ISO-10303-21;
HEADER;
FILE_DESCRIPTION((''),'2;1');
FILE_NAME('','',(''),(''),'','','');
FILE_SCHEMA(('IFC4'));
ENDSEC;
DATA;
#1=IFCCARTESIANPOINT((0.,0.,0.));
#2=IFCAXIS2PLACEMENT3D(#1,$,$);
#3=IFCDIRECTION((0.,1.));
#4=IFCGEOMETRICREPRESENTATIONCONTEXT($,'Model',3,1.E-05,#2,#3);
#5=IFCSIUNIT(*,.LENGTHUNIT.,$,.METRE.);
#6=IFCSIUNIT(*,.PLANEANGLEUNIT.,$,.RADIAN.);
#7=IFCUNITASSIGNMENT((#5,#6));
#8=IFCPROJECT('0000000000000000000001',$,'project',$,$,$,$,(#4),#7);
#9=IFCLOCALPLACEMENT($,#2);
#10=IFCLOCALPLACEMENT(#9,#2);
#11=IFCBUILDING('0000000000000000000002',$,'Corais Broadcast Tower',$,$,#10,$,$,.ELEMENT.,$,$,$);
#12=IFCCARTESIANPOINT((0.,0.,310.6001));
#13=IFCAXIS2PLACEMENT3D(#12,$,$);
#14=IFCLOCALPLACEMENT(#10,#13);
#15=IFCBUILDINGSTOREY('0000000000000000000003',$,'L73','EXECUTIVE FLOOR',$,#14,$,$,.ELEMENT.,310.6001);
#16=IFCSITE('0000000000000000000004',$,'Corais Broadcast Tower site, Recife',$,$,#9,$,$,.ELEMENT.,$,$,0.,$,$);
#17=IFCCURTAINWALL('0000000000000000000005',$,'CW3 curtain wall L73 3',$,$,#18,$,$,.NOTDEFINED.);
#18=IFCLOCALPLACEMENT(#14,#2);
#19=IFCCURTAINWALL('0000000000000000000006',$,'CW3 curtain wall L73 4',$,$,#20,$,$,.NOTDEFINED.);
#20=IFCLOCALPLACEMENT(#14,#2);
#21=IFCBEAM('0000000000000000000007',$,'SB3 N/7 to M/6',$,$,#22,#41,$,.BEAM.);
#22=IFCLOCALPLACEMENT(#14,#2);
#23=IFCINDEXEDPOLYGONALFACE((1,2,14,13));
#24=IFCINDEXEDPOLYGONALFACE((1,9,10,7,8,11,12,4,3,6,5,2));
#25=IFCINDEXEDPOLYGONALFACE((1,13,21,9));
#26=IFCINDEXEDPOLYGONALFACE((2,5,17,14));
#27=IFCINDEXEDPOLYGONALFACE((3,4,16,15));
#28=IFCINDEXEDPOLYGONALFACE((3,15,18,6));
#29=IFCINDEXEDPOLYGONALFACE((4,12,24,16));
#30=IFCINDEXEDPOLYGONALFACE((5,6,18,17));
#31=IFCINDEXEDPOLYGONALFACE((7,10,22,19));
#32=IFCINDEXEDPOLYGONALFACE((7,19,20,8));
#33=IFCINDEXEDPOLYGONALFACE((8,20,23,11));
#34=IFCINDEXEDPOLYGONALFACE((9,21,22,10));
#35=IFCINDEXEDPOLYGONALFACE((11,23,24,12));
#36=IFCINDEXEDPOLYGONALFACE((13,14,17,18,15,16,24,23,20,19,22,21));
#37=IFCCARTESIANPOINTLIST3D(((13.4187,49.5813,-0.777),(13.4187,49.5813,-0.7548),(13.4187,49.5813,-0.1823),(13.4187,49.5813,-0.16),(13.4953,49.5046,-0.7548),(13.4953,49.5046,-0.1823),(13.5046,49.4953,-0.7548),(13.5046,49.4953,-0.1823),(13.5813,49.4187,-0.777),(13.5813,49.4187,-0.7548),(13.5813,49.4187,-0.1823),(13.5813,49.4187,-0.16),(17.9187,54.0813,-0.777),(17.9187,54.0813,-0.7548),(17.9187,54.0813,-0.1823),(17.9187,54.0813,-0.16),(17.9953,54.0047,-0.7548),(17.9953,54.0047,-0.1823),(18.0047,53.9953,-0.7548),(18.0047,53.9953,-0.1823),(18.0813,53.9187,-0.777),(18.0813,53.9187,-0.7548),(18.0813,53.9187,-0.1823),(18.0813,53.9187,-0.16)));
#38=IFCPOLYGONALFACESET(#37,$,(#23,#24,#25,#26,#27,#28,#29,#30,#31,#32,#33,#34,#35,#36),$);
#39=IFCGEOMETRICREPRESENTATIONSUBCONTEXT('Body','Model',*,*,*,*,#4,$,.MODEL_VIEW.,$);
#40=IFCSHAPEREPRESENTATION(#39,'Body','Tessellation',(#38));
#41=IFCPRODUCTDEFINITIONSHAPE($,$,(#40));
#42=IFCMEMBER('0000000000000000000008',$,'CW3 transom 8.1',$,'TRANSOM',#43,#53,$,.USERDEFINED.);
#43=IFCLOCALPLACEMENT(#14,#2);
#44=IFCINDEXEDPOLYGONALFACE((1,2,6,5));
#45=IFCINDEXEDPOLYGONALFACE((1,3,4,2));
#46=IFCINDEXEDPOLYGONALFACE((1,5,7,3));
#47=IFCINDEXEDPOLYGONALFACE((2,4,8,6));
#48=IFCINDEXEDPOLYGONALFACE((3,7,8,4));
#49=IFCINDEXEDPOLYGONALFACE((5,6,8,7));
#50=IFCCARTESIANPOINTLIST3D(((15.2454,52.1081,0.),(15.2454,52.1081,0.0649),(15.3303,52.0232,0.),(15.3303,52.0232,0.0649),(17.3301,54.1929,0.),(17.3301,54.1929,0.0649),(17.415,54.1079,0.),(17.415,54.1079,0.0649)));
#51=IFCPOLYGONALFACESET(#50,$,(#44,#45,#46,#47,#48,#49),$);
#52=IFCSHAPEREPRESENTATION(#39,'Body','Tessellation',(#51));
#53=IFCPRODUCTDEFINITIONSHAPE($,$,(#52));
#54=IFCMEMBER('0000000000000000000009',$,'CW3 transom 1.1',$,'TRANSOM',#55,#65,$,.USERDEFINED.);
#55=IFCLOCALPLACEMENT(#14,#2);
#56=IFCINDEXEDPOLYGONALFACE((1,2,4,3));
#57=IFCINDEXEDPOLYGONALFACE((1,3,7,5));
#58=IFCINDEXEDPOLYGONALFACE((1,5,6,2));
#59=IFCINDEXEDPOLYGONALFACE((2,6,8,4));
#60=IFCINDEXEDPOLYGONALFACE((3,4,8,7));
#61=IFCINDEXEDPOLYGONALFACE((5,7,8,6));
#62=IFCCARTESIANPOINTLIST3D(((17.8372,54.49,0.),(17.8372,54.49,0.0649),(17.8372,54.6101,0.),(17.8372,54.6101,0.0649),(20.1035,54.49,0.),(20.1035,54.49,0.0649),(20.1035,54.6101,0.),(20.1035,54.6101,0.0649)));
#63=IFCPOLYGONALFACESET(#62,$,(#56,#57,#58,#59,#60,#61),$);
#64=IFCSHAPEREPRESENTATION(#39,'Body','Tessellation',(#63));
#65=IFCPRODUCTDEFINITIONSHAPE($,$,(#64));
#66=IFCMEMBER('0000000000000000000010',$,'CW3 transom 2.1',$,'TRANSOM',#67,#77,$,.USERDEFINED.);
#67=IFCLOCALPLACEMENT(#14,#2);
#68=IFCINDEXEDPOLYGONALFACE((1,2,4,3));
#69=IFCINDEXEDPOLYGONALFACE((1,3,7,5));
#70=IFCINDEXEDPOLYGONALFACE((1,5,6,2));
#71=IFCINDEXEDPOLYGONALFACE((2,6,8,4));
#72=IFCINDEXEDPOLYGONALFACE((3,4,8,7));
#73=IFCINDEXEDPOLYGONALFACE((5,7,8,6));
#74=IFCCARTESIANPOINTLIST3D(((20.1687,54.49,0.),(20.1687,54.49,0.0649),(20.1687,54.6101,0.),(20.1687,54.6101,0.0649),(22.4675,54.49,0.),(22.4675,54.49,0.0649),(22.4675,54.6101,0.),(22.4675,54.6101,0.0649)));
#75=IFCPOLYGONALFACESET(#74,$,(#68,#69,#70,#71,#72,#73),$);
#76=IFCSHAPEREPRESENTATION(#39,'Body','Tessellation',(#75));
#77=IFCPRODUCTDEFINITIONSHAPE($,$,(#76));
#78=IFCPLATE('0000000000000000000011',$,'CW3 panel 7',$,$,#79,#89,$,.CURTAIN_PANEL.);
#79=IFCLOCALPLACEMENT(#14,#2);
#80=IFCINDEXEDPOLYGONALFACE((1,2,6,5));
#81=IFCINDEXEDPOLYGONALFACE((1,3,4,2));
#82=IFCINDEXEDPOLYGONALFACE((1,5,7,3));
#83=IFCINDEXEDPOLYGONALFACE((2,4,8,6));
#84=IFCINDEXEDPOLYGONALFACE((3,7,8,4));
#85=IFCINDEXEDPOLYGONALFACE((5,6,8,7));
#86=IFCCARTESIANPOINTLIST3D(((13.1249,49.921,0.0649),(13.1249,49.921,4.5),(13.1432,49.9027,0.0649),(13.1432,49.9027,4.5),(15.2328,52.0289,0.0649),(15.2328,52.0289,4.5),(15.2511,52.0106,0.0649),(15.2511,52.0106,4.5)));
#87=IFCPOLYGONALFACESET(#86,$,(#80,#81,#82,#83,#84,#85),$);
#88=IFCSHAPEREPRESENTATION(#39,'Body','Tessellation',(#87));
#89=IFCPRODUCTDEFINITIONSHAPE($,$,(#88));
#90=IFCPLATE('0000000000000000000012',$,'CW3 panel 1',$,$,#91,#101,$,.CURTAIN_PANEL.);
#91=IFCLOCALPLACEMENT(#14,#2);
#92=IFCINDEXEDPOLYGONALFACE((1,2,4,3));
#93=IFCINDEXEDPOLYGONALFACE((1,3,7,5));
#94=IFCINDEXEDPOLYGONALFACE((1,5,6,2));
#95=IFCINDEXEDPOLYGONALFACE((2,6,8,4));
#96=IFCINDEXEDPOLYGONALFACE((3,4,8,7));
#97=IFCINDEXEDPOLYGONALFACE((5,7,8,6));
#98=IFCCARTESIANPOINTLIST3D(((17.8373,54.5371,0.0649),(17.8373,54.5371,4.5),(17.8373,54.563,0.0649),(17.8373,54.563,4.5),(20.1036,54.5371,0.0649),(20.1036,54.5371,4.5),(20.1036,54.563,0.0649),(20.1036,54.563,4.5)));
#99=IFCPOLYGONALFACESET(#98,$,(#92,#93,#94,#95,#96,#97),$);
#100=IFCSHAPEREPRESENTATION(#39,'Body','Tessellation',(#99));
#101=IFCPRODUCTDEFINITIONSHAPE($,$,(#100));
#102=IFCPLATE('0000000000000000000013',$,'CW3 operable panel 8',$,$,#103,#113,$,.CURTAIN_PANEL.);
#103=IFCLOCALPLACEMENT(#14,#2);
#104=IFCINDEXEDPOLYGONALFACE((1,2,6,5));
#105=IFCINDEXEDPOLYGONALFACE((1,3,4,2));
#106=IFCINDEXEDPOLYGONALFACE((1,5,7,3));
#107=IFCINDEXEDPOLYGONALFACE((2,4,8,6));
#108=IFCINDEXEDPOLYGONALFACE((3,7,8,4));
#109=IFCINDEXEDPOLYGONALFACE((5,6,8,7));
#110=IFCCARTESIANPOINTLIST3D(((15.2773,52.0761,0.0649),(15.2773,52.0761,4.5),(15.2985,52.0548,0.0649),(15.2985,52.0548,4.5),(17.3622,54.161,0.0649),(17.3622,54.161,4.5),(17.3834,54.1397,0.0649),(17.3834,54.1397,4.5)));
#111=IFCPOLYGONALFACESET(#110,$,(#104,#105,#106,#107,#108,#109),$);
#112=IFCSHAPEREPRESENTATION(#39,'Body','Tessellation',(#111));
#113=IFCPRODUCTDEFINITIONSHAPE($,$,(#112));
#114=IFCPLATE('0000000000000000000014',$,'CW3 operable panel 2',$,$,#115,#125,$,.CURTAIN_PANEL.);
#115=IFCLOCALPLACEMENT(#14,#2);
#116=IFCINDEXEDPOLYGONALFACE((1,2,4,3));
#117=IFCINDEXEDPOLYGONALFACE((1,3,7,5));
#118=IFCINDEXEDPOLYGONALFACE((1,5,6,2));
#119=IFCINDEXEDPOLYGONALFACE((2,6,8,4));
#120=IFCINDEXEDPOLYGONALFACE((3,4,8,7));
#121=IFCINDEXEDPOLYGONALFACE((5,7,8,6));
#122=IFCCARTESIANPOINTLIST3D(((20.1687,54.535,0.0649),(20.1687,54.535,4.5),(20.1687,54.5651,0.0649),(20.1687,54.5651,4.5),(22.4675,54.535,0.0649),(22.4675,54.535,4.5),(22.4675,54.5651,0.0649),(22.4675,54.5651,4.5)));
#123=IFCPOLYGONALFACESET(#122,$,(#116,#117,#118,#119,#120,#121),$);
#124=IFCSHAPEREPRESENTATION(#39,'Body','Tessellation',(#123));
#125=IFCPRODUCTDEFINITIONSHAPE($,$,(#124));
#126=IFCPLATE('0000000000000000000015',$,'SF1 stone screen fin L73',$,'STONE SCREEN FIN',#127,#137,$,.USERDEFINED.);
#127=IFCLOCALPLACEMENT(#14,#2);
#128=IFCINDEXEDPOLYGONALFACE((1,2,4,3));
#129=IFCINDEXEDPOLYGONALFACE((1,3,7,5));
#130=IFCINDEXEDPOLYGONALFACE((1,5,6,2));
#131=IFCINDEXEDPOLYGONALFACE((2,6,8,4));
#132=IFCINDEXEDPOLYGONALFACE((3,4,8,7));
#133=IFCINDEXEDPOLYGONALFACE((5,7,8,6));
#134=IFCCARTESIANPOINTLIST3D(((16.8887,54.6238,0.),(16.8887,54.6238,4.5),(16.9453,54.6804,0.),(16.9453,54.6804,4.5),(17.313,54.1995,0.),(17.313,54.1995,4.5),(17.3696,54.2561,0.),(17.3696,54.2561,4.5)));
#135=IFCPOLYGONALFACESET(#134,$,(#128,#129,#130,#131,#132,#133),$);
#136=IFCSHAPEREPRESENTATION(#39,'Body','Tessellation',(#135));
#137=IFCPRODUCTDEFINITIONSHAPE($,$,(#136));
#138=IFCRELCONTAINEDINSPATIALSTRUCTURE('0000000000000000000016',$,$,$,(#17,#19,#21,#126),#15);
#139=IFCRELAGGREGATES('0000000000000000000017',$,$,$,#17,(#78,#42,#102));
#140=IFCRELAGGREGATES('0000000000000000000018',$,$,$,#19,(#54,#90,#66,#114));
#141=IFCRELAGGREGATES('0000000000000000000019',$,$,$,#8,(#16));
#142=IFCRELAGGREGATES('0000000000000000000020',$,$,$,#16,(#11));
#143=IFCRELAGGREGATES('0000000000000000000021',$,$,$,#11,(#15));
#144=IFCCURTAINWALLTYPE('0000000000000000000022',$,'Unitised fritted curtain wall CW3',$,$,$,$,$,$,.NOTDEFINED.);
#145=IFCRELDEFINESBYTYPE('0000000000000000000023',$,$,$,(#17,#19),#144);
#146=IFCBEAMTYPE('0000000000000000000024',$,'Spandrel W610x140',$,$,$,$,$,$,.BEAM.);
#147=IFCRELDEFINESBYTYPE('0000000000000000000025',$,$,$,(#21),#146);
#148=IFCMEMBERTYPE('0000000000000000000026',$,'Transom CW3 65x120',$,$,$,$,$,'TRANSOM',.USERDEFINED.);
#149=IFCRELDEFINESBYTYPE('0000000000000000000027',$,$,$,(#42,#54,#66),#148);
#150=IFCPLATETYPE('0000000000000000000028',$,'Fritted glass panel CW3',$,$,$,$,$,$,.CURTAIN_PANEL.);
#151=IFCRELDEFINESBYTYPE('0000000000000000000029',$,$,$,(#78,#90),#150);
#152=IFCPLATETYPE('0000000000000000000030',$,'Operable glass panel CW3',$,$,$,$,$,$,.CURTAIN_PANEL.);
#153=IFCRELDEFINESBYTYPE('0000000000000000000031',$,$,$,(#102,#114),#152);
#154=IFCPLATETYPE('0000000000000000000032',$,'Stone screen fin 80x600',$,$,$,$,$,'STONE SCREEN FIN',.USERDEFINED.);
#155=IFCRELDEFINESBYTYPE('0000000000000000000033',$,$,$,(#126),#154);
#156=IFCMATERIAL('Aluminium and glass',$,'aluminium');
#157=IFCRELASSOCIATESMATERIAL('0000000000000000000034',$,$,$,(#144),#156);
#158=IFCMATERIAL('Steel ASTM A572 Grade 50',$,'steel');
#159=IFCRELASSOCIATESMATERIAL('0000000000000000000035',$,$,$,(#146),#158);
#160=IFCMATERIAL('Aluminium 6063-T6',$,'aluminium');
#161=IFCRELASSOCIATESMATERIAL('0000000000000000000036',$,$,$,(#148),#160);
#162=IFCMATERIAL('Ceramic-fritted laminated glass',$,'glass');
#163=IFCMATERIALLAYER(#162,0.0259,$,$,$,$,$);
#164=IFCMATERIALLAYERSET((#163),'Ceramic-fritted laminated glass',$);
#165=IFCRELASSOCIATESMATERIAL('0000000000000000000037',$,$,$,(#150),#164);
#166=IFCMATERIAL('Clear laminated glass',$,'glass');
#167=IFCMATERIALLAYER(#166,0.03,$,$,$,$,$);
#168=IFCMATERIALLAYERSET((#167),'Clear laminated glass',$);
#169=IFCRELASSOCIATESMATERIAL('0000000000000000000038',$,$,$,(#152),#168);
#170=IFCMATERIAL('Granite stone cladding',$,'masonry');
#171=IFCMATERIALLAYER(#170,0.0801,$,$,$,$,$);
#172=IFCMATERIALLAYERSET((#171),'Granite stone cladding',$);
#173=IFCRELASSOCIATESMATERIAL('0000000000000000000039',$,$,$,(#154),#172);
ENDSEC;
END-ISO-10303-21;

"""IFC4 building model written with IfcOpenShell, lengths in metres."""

from ifc_helpers import new_model, si_unit, direction, frame, origin, origin_2d, place, context, subcontext, project, spatial, rectangle, i_section, extrude, material, layer, layer_set, material_profile, profile_set, type_object, element, aggregate, save


model = new_model("IFC4")

# Units and contexts
model_context = context("Model", 3, precision=1e-05, world=origin(), true_north=direction((0.0, 1.0)))
body_context = subcontext(model_context, "Body", "Model", "MODEL_VIEW")
ifc_project = project(units=[si_unit("LENGTHUNIT", "METRE"), si_unit("PLANEANGLEUNIT", "RADIAN")], contexts=[model_context])

# Site, building, storey
site_placement = place(None, origin())
site = spatial("IfcSite", under=ifc_project, at=site_placement, Name="Corais Broadcast Tower site, Recife", CompositionType="ELEMENT", RefElevation=0.0)
building_placement = place(site_placement, origin())
building = spatial("IfcBuilding", under=site, at=building_placement, Name="Corais Broadcast Tower", CompositionType="ELEMENT")
storey_placement = place(building_placement, frame((0.0, 0.0, 310.6001)))
storey = spatial("IfcBuildingStorey", under=building, at=storey_placement, Name="L73", Description="EXECUTIVE FLOOR", CompositionType="ELEMENT", Elevation=310.6001)

# Curtain walls
ifc_material_1 = material(Name="Aluminium and glass", Category="aluminium")
curtain_wall_type = type_object("IfcCurtainWallType", Name="Unitised fritted curtain wall CW3", PredefinedType="NOTDEFINED", material=ifc_material_1)
curtain_wall_1_placement = place(storey_placement, origin())
curtain_wall_1 = element("IfcCurtainWall", 1, at=curtain_wall_1_placement, inside=storey, type_object=curtain_wall_type, Name="CW3 curtain wall L73 3", PredefinedType="NOTDEFINED")
curtain_wall_2_placement = place(storey_placement, origin())
curtain_wall_2 = element("IfcCurtainWall", 2, at=curtain_wall_2_placement, inside=storey, type_object=curtain_wall_type, Name="CW3 curtain wall L73 4", PredefinedType="NOTDEFINED")

# Beam
ifc_material_2 = material(Name="Steel ASTM A572 Grade 50", Category="steel")
ifc_material_profile_1 = material_profile(ifc_material_2, i_section(OverallWidth=0.23, OverallDepth=0.6169, WebThickness=0.0132, FlangeThickness=0.0222, at=origin_2d()), Name="W610x140")
ifc_profile_set_1 = profile_set([ifc_material_profile_1], Name="Steel ASTM A572 Grade 50")
beam_type_1 = type_object("IfcBeamType", Name="Spandrel W610x140", PredefinedType="BEAM", material=ifc_profile_set_1)
for number, where, z_axis, x_axis, name in (
    (3, (18.0, 54.0, -0.4685), (-0.707107, -0.707107, 0.0), (0.707107, -0.707107, 0.0), "SB3 N/7 to M/6"),
):
    element("IfcBeam", number, at=place(storey_placement, frame(where, z_axis=z_axis, x_axis=x_axis)), inside=storey, type_object=beam_type_1, Name=name, PredefinedType="BEAM", context=body_context, shape_type="SweptSolid", body=[
        extrude(i_section(OverallWidth=0.23, OverallDepth=0.6169, WebThickness=0.0132, FlangeThickness=0.0222, at=origin_2d()), origin(), (0.0, 0.0, 1.0), 6.364),
    ])

# Members
ifc_material_3 = material(Name="Aluminium 6063-T6", Category="aluminium")
ifc_material_profile_2 = material_profile(ifc_material_3, rectangle(XDim=0.1201, YDim=0.0649, at=origin_2d()), Name="Transom CW3 65x120")
ifc_profile_set_2 = profile_set([ifc_material_profile_2], Name="Aluminium 6063-T6")
member_type_1 = type_object("IfcMemberType", Name="Transom CW3 65x120", ElementType="TRANSOM", PredefinedType="USERDEFINED", material=ifc_profile_set_2)
member_1_placement = place(storey_placement, frame((15.2878, 52.0657, 0.0325), z_axis=(0.707107, 0.707107, 0.0), x_axis=(-0.707107, 0.707107, 0.0)))
member_1 = element("IfcMember", 4, at=member_1_placement, type_object=member_type_1, Name="CW3 transom 8.1", ObjectType="TRANSOM", PredefinedType="USERDEFINED", context=body_context, shape_type="SweptSolid", body=[
    extrude(rectangle(XDim=0.1201, YDim=0.0649, at=origin_2d()), origin(), (0.0, 0.0, 1.0), 2.9482),
])
member_2_placement = place(storey_placement, frame((17.8372, 54.55, 0.0325), z_axis=(1.0, 0.0, 0.0), x_axis=(0.0, 1.0, 0.0)))
member_2 = element("IfcMember", 5, at=member_2_placement, type_object=member_type_1, Name="CW3 transom 1.1", ObjectType="TRANSOM", PredefinedType="USERDEFINED", context=body_context, shape_type="SweptSolid", body=[
    extrude(rectangle(XDim=0.1201, YDim=0.0649, at=origin_2d()), origin(), (0.0, 0.0, 1.0), 2.2664),
])
member_3_placement = place(storey_placement, frame((20.1687, 54.55, 0.0325), z_axis=(1.0, 0.0, 0.0), x_axis=(0.0, 1.0, 0.0)))
member_3 = element("IfcMember", 6, at=member_3_placement, type_object=member_type_1, Name="CW3 transom 2.1", ObjectType="TRANSOM", PredefinedType="USERDEFINED", context=body_context, shape_type="SweptSolid", body=[
    extrude(rectangle(XDim=0.1201, YDim=0.0649, at=origin_2d()), origin(), (0.0, 0.0, 1.0), 2.2988),
])

# Plates
ifc_material_4 = material(Name="Ceramic-fritted laminated glass", Category="glass")
ifc_layer_1 = layer(ifc_material_4, 0.0259)
ifc_layer_set_1 = layer_set([ifc_layer_1], Name="Ceramic-fritted laminated glass")
plate_type_1 = type_object("IfcPlateType", Name="Fritted glass panel CW3", PredefinedType="CURTAIN_PANEL", material=ifc_layer_set_1)
plate_1_placement = place(storey_placement, frame((14.188, 50.9658, 0.0649), z_axis=(0.0, 0.0, 1.0), x_axis=(0.707107, 0.707107, 0.0)))
plate_1 = element("IfcPlate", 7, at=plate_1_placement, type_object=plate_type_1, Name="CW3 panel 7", PredefinedType="CURTAIN_PANEL", context=body_context, shape_type="SweptSolid", body=[
    extrude(rectangle(XDim=2.981, YDim=0.0259, at=origin_2d()), origin(), (0.0, 0.0, 1.0), 4.4351),
])
plate_2_placement = place(storey_placement, frame((18.9705, 54.55, 0.0649), z_axis=(0.0, 0.0, 1.0), x_axis=(1.0, 0.0, 0.0)))
plate_2 = element("IfcPlate", 8, at=plate_2_placement, type_object=plate_type_1, Name="CW3 panel 1", PredefinedType="CURTAIN_PANEL", context=body_context, shape_type="SweptSolid", body=[
    extrude(rectangle(XDim=2.2664, YDim=0.0259, at=origin_2d()), origin(), (0.0, 0.0, 1.0), 4.4351),
])
ifc_material_5 = material(Name="Clear laminated glass", Category="glass")
ifc_layer_2 = layer(ifc_material_5, 0.03)
ifc_layer_set_2 = layer_set([ifc_layer_2], Name="Clear laminated glass")
plate_type_2 = type_object("IfcPlateType", Name="Operable glass panel CW3", PredefinedType="CURTAIN_PANEL", material=ifc_layer_set_2)
plate_3_placement = place(storey_placement, frame((16.3303, 53.1079, 0.0649), z_axis=(0.0, 0.0, 1.0), x_axis=(0.707107, 0.707107, 0.0)))
plate_3 = element("IfcPlate", 9, at=plate_3_placement, type_object=plate_type_2, Name="CW3 operable panel 8", PredefinedType="CURTAIN_PANEL", context=body_context, shape_type="SweptSolid", body=[
    extrude(rectangle(XDim=2.9485, YDim=0.03, at=origin_2d()), origin(), (0.0, 0.0, 1.0), 4.4351),
])
aggregate(curtain_wall_1, [plate_1, member_1, plate_3])
plate_4_placement = place(storey_placement, frame((21.3181, 54.55, 0.0649), z_axis=(0.0, 0.0, 1.0), x_axis=(1.0, 0.0, 0.0)))
plate_4 = element("IfcPlate", 10, at=plate_4_placement, type_object=plate_type_2, Name="CW3 operable panel 2", PredefinedType="CURTAIN_PANEL", context=body_context, shape_type="SweptSolid", body=[
    extrude(rectangle(XDim=2.2988, YDim=0.03, at=origin_2d()), origin(), (0.0, 0.0, 1.0), 4.4351),
])
aggregate(curtain_wall_2, [member_2, plate_2, member_3, plate_4])
ifc_material_6 = material(Name="Granite stone cladding", Category="masonry")
ifc_layer_3 = layer(ifc_material_6, 0.0801)
ifc_layer_set_3 = layer_set([ifc_layer_3], Name="Granite stone cladding")
plate_type_3 = type_object("IfcPlateType", Name="Stone screen fin 80x600", ElementType="STONE SCREEN FIN", PredefinedType="USERDEFINED", material=ifc_layer_set_3)
plate_5_placement = place(storey_placement, frame((17.1292, 54.4399, 0.0), z_axis=(0.0, 0.0, 1.0), x_axis=(0.707107, 0.707107, 0.0)))
element("IfcPlate", 11, at=plate_5_placement, inside=storey, type_object=plate_type_3, Name="SF1 stone screen fin L73", ObjectType="STONE SCREEN FIN", PredefinedType="USERDEFINED", context=body_context, shape_type="SweptSolid", body=[
    extrude(rectangle(XDim=0.0801, YDim=0.6001, at=origin_2d()), origin(), (0.0, 0.0, 1.0), 4.5),
])

save(model, "model.ifc")
